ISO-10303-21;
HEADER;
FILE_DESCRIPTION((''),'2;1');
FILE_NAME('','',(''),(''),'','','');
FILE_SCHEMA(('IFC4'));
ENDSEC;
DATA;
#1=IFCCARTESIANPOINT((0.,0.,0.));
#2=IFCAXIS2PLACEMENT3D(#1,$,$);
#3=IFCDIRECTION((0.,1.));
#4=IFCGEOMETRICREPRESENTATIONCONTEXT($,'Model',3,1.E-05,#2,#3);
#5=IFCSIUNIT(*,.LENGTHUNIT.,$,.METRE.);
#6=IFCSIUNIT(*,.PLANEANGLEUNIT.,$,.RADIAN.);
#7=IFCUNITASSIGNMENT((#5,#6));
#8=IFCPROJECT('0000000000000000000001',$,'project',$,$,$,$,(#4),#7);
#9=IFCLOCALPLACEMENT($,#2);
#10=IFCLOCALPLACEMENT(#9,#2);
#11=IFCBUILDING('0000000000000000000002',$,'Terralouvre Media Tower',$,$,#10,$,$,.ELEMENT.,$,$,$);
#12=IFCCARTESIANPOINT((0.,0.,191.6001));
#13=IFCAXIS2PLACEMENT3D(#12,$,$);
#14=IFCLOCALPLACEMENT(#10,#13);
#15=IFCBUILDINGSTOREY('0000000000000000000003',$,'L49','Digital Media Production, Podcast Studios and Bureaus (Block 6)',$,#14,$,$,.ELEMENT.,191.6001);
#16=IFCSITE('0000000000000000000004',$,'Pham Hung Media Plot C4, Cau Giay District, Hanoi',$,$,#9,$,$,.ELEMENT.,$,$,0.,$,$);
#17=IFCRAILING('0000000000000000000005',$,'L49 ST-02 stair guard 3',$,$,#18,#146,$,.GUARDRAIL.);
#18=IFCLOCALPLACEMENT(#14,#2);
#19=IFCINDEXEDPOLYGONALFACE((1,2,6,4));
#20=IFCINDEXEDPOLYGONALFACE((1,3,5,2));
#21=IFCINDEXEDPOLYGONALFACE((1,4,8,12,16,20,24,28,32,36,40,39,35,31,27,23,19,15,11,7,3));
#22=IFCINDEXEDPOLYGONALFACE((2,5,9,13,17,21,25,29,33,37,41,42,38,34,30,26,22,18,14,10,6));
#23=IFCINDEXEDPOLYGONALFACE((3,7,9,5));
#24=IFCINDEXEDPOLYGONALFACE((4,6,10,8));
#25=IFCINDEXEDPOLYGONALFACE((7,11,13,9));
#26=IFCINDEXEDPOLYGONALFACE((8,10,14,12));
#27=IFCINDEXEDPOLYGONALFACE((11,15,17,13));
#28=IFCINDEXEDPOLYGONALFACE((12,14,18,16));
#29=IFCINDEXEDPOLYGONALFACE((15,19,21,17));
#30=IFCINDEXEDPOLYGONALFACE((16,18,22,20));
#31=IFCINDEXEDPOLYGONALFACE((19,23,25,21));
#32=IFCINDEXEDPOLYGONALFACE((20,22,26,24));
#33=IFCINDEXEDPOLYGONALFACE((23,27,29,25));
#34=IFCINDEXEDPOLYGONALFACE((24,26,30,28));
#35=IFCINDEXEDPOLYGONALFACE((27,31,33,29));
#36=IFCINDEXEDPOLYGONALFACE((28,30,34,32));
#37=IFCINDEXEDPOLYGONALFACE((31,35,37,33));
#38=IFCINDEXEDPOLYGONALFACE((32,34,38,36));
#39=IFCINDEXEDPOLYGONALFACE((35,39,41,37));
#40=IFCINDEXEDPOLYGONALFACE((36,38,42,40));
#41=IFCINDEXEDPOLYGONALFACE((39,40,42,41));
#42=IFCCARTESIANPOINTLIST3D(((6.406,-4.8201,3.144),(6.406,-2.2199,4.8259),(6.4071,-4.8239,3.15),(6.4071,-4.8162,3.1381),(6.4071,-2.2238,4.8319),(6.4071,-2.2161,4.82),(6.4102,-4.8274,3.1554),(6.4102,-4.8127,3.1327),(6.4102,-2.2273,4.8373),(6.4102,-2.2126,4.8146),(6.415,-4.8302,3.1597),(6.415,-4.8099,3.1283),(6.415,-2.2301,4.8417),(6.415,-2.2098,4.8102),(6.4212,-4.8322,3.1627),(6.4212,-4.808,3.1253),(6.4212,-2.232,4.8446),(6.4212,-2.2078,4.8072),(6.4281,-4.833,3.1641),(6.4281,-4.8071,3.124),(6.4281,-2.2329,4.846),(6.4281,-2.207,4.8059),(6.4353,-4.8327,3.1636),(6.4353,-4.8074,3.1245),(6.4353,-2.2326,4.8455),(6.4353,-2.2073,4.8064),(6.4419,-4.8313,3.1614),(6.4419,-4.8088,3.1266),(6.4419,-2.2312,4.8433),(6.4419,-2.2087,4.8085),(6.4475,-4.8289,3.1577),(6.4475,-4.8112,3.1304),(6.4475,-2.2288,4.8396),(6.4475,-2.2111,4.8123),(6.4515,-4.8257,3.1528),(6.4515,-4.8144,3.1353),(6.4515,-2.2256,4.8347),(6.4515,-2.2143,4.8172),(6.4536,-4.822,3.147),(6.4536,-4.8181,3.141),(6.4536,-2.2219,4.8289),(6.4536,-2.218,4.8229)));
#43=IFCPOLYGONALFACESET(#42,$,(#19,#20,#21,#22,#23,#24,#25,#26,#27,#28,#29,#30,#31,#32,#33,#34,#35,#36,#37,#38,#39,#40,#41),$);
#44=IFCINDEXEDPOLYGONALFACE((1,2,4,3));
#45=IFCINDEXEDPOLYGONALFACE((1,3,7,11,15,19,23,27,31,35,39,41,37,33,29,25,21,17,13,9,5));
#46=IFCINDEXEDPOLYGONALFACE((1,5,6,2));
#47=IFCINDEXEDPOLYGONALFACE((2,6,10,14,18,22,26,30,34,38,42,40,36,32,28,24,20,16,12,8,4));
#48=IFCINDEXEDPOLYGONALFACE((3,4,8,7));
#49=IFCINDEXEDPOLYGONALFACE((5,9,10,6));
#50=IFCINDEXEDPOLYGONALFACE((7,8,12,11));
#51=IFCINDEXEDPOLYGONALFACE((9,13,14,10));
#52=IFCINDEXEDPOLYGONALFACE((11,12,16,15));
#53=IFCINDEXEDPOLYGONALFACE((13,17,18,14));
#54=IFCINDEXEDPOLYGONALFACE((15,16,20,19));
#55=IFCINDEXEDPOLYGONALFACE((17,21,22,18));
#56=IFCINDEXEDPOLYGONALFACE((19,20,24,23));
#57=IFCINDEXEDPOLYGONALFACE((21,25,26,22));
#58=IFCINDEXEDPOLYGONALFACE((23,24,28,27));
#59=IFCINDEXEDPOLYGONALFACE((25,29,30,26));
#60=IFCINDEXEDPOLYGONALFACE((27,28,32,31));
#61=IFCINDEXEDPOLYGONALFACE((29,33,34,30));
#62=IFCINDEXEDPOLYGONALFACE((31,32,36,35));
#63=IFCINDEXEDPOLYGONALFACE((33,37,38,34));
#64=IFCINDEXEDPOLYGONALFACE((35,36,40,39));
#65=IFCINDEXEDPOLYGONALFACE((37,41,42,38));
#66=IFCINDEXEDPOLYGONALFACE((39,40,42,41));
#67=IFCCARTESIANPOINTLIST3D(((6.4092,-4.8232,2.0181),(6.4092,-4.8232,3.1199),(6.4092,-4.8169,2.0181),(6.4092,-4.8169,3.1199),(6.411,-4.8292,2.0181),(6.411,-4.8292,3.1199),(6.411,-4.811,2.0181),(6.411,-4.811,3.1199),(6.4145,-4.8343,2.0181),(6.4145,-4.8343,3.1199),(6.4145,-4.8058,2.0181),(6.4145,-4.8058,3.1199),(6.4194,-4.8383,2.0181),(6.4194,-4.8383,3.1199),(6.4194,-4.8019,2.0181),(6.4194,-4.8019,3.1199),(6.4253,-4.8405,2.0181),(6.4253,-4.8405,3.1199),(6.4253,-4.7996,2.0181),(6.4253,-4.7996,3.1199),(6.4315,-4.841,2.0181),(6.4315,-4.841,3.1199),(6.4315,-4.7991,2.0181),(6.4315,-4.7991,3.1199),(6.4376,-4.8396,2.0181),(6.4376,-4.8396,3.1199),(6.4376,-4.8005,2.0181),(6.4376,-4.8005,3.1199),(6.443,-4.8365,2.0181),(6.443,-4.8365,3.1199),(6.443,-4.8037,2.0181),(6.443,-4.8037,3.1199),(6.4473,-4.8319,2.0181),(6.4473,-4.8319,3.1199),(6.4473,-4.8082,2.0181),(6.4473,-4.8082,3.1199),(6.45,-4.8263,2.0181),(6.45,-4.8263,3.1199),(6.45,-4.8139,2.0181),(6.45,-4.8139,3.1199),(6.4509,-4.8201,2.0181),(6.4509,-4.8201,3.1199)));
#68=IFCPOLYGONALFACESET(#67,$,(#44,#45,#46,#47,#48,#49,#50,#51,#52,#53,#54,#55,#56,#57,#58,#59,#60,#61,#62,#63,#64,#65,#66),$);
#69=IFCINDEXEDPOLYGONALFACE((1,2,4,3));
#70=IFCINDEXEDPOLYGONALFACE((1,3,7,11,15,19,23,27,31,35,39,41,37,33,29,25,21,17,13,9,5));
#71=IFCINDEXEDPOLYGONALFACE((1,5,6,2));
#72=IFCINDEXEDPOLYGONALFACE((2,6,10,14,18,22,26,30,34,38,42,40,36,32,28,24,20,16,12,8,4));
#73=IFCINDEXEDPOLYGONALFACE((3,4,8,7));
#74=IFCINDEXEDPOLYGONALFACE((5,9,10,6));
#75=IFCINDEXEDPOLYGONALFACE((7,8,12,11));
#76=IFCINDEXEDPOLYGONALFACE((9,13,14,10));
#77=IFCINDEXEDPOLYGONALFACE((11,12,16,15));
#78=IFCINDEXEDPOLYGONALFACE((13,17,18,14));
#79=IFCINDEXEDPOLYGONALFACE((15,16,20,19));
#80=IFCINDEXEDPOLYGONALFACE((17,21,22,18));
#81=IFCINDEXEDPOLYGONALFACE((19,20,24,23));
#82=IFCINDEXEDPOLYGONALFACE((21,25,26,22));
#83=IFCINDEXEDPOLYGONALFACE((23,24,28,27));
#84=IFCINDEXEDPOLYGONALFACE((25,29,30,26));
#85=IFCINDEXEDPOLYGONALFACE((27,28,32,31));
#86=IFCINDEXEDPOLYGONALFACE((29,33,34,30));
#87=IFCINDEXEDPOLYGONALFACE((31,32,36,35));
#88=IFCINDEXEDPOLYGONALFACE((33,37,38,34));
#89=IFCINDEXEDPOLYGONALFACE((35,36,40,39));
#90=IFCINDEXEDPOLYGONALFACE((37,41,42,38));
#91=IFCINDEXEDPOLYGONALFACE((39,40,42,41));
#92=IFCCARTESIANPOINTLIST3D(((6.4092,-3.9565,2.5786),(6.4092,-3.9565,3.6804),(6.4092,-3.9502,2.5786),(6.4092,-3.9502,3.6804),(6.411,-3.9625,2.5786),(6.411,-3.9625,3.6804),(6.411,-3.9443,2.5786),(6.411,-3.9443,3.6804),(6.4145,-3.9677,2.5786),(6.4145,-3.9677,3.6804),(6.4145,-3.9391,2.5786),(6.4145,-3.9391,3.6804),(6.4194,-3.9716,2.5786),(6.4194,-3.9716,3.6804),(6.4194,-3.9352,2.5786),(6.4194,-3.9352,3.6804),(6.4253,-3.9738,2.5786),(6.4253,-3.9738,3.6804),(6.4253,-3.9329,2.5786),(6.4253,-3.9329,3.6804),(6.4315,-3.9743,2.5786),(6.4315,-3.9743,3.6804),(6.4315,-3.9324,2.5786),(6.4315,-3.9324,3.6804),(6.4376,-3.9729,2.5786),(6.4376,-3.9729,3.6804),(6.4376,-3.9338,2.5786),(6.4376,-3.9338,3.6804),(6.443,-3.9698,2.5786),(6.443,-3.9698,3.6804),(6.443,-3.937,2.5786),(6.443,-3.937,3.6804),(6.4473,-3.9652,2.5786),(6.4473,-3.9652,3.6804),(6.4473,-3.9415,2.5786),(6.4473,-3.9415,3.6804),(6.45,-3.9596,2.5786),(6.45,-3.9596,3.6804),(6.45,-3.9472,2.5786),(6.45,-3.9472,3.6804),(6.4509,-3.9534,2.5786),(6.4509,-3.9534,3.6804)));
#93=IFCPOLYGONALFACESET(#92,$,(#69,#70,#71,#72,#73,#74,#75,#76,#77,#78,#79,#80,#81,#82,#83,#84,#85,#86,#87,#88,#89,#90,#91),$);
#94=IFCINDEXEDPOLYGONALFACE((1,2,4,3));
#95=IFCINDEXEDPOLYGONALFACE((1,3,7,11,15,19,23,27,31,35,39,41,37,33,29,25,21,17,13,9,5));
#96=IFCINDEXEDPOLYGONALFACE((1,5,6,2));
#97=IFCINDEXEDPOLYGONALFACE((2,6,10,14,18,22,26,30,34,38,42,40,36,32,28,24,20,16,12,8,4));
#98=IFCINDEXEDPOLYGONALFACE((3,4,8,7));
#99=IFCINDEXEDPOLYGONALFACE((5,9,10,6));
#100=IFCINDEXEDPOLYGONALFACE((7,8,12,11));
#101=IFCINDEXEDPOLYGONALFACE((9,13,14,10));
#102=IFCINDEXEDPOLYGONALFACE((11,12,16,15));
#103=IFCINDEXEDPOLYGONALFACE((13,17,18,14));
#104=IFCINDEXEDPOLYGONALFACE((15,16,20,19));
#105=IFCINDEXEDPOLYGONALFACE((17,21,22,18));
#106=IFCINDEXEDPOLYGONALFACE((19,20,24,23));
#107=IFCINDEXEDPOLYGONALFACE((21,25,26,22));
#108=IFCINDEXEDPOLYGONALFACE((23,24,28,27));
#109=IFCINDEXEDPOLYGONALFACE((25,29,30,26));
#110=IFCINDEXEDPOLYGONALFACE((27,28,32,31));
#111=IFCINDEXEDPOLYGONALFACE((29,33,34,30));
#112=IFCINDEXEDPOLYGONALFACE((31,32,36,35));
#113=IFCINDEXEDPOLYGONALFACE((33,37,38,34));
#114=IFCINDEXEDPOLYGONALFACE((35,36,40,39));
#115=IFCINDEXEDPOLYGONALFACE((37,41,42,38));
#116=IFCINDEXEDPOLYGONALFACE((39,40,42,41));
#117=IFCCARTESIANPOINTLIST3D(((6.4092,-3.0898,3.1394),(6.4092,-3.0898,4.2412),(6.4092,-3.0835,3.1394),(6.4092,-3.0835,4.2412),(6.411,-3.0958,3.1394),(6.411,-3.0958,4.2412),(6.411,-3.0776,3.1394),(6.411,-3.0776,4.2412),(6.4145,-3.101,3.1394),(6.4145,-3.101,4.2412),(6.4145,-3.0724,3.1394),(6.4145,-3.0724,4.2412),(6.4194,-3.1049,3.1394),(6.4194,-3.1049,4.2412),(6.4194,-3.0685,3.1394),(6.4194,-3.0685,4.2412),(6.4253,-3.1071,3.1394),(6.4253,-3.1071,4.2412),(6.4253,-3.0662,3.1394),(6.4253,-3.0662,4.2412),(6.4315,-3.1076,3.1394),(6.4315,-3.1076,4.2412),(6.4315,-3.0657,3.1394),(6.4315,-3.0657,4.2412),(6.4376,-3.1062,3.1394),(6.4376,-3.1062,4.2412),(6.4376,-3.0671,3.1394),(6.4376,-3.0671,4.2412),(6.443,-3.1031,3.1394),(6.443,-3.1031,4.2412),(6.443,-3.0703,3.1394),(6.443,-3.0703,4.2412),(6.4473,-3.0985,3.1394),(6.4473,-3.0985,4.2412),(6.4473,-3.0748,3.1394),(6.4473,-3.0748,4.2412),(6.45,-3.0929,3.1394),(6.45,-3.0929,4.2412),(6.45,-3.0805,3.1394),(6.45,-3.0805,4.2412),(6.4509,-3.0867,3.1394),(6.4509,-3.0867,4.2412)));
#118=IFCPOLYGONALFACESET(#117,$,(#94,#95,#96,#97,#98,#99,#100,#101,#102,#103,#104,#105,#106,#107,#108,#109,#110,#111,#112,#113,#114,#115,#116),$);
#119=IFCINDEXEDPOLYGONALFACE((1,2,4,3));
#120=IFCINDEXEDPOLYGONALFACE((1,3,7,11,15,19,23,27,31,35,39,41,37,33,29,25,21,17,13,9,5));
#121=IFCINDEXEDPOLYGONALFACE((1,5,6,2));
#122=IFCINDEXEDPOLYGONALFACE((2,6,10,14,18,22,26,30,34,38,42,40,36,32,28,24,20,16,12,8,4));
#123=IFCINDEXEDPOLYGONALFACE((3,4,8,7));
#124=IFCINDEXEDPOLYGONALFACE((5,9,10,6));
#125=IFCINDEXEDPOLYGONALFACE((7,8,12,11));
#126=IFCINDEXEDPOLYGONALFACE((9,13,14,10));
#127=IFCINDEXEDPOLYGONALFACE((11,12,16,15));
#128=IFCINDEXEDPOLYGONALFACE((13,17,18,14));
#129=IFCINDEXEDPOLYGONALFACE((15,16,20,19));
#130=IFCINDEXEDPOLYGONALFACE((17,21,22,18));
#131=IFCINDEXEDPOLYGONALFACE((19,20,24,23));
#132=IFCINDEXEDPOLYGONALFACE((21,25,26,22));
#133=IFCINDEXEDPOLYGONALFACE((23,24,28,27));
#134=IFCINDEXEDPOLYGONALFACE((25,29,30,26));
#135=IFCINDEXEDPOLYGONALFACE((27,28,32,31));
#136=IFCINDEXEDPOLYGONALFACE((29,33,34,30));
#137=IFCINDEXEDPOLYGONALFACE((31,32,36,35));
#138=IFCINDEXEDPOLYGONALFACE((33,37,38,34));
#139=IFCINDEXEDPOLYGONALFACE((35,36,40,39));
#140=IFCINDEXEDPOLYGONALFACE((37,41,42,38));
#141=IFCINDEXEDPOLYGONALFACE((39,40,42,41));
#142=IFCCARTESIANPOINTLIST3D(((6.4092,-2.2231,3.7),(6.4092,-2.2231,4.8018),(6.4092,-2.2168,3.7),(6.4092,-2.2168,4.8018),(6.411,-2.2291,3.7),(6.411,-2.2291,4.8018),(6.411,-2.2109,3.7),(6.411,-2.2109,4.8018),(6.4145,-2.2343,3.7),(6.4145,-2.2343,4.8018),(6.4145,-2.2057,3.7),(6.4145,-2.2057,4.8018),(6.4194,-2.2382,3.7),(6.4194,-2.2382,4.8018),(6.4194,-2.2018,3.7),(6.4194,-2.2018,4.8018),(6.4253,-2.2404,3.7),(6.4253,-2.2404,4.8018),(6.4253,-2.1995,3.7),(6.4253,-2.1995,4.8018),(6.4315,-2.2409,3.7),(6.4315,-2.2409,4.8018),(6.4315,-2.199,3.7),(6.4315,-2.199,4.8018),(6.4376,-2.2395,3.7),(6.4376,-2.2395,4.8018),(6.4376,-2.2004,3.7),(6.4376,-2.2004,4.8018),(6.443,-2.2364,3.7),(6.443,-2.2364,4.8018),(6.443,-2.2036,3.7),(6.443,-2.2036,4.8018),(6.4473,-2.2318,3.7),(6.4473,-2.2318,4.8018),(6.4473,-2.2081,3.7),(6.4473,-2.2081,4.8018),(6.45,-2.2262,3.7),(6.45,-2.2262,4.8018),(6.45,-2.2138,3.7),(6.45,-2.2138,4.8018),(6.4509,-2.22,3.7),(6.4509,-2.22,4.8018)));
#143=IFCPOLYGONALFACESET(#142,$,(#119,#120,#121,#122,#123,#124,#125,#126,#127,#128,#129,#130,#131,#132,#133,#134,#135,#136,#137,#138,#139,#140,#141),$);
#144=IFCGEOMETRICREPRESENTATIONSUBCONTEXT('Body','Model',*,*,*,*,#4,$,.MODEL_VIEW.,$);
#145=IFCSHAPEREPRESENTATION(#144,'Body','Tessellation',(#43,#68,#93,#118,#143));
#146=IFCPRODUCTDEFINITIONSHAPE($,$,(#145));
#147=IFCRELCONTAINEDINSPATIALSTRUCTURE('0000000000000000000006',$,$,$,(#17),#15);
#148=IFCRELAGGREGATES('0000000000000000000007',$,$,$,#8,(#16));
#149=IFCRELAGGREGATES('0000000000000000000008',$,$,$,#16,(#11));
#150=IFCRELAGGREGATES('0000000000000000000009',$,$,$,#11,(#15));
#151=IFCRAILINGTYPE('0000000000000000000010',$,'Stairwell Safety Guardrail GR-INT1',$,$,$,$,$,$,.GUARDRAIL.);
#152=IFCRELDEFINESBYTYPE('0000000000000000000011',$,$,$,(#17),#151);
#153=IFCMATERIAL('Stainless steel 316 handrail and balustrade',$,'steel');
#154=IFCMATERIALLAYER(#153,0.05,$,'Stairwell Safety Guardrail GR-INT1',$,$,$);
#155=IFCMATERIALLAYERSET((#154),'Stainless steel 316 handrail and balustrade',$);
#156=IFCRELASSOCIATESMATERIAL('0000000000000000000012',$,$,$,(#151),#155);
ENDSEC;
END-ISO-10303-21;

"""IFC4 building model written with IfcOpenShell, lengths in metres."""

from ifc_helpers import new_model, si_unit, direction, frame, origin, origin_2d, place, context, subcontext, project, spatial, circle, extrude, material, layer, layer_set, type_object, element, save


model = new_model("IFC4")

# Units and contexts
model_context = context("Model", 3, precision=1e-05, world=origin(), true_north=direction((0.0, 1.0)))
body_context = subcontext(model_context, "Body", "Model", "MODEL_VIEW")
ifc_project = project(units=[si_unit("LENGTHUNIT", "METRE"), si_unit("PLANEANGLEUNIT", "RADIAN")], contexts=[model_context])

# Site, building, storey
site_placement = place(None, origin())
site = spatial("IfcSite", under=ifc_project, at=site_placement, Name="Pham Hung Media Plot C4, Cau Giay District, Hanoi", CompositionType="ELEMENT", RefElevation=0.0)
building_placement = place(site_placement, origin())
building = spatial("IfcBuilding", under=site, at=building_placement, Name="Terralouvre Media Tower", CompositionType="ELEMENT")
storey_placement = place(building_placement, frame((0.0, 0.0, 191.6001)))
storey = spatial("IfcBuildingStorey", under=building, at=storey_placement, Name="L49", Description="Digital Media Production, Podcast Studios and Bureaus (Block 6)", CompositionType="ELEMENT", Elevation=191.6001)

# Railing
ifc_material_1 = material(Name="Stainless steel 316 handrail and balustrade", Category="steel")
ifc_layer_1 = layer(ifc_material_1, 0.05, Name="Stairwell Safety Guardrail GR-INT1")
ifc_layer_set_1 = layer_set([ifc_layer_1], Name="Stainless steel 316 handrail and balustrade")
railing_type_1 = type_object("IfcRailingType", Name="Stairwell Safety Guardrail GR-INT1", PredefinedType="GUARDRAIL", material=ifc_layer_set_1)
railing_1_placement = place(storey_placement, frame((6.4299, -4.8201, 2.0181)))
element("IfcRailing", 1, at=railing_1_placement, inside=storey, type_object=railing_type_1, Name="L49 ST-02 stair guard 3", PredefinedType="GUARDRAIL", context=body_context, shape_type="SweptSolid", body=[
    extrude(circle(Radius=0.0239, at=origin_2d()), frame((0.0, 0.0, 1.126), z_axis=(0.0, 0.839648, 0.54313), x_axis=(-1.0, 0.0, 0.0)), (0.0, 0.0, 1.0), 3.0967),
    extrude(circle(Radius=0.021, at=origin_2d()), origin(), (0.0, 0.0, 1.0), 1.1018),
    extrude(circle(Radius=0.021, at=origin_2d()), frame((0.0, 0.8667, 0.5605)), (0.0, 0.0, 1.0), 1.1018),
    extrude(circle(Radius=0.021, at=origin_2d()), frame((0.0, 1.7334, 1.1213)), (0.0, 0.0, 1.0), 1.1018),
    extrude(circle(Radius=0.021, at=origin_2d()), frame((0.0, 2.6001, 1.6819)), (0.0, 0.0, 1.0), 1.1018),
])

save(model, "model.ifc")
